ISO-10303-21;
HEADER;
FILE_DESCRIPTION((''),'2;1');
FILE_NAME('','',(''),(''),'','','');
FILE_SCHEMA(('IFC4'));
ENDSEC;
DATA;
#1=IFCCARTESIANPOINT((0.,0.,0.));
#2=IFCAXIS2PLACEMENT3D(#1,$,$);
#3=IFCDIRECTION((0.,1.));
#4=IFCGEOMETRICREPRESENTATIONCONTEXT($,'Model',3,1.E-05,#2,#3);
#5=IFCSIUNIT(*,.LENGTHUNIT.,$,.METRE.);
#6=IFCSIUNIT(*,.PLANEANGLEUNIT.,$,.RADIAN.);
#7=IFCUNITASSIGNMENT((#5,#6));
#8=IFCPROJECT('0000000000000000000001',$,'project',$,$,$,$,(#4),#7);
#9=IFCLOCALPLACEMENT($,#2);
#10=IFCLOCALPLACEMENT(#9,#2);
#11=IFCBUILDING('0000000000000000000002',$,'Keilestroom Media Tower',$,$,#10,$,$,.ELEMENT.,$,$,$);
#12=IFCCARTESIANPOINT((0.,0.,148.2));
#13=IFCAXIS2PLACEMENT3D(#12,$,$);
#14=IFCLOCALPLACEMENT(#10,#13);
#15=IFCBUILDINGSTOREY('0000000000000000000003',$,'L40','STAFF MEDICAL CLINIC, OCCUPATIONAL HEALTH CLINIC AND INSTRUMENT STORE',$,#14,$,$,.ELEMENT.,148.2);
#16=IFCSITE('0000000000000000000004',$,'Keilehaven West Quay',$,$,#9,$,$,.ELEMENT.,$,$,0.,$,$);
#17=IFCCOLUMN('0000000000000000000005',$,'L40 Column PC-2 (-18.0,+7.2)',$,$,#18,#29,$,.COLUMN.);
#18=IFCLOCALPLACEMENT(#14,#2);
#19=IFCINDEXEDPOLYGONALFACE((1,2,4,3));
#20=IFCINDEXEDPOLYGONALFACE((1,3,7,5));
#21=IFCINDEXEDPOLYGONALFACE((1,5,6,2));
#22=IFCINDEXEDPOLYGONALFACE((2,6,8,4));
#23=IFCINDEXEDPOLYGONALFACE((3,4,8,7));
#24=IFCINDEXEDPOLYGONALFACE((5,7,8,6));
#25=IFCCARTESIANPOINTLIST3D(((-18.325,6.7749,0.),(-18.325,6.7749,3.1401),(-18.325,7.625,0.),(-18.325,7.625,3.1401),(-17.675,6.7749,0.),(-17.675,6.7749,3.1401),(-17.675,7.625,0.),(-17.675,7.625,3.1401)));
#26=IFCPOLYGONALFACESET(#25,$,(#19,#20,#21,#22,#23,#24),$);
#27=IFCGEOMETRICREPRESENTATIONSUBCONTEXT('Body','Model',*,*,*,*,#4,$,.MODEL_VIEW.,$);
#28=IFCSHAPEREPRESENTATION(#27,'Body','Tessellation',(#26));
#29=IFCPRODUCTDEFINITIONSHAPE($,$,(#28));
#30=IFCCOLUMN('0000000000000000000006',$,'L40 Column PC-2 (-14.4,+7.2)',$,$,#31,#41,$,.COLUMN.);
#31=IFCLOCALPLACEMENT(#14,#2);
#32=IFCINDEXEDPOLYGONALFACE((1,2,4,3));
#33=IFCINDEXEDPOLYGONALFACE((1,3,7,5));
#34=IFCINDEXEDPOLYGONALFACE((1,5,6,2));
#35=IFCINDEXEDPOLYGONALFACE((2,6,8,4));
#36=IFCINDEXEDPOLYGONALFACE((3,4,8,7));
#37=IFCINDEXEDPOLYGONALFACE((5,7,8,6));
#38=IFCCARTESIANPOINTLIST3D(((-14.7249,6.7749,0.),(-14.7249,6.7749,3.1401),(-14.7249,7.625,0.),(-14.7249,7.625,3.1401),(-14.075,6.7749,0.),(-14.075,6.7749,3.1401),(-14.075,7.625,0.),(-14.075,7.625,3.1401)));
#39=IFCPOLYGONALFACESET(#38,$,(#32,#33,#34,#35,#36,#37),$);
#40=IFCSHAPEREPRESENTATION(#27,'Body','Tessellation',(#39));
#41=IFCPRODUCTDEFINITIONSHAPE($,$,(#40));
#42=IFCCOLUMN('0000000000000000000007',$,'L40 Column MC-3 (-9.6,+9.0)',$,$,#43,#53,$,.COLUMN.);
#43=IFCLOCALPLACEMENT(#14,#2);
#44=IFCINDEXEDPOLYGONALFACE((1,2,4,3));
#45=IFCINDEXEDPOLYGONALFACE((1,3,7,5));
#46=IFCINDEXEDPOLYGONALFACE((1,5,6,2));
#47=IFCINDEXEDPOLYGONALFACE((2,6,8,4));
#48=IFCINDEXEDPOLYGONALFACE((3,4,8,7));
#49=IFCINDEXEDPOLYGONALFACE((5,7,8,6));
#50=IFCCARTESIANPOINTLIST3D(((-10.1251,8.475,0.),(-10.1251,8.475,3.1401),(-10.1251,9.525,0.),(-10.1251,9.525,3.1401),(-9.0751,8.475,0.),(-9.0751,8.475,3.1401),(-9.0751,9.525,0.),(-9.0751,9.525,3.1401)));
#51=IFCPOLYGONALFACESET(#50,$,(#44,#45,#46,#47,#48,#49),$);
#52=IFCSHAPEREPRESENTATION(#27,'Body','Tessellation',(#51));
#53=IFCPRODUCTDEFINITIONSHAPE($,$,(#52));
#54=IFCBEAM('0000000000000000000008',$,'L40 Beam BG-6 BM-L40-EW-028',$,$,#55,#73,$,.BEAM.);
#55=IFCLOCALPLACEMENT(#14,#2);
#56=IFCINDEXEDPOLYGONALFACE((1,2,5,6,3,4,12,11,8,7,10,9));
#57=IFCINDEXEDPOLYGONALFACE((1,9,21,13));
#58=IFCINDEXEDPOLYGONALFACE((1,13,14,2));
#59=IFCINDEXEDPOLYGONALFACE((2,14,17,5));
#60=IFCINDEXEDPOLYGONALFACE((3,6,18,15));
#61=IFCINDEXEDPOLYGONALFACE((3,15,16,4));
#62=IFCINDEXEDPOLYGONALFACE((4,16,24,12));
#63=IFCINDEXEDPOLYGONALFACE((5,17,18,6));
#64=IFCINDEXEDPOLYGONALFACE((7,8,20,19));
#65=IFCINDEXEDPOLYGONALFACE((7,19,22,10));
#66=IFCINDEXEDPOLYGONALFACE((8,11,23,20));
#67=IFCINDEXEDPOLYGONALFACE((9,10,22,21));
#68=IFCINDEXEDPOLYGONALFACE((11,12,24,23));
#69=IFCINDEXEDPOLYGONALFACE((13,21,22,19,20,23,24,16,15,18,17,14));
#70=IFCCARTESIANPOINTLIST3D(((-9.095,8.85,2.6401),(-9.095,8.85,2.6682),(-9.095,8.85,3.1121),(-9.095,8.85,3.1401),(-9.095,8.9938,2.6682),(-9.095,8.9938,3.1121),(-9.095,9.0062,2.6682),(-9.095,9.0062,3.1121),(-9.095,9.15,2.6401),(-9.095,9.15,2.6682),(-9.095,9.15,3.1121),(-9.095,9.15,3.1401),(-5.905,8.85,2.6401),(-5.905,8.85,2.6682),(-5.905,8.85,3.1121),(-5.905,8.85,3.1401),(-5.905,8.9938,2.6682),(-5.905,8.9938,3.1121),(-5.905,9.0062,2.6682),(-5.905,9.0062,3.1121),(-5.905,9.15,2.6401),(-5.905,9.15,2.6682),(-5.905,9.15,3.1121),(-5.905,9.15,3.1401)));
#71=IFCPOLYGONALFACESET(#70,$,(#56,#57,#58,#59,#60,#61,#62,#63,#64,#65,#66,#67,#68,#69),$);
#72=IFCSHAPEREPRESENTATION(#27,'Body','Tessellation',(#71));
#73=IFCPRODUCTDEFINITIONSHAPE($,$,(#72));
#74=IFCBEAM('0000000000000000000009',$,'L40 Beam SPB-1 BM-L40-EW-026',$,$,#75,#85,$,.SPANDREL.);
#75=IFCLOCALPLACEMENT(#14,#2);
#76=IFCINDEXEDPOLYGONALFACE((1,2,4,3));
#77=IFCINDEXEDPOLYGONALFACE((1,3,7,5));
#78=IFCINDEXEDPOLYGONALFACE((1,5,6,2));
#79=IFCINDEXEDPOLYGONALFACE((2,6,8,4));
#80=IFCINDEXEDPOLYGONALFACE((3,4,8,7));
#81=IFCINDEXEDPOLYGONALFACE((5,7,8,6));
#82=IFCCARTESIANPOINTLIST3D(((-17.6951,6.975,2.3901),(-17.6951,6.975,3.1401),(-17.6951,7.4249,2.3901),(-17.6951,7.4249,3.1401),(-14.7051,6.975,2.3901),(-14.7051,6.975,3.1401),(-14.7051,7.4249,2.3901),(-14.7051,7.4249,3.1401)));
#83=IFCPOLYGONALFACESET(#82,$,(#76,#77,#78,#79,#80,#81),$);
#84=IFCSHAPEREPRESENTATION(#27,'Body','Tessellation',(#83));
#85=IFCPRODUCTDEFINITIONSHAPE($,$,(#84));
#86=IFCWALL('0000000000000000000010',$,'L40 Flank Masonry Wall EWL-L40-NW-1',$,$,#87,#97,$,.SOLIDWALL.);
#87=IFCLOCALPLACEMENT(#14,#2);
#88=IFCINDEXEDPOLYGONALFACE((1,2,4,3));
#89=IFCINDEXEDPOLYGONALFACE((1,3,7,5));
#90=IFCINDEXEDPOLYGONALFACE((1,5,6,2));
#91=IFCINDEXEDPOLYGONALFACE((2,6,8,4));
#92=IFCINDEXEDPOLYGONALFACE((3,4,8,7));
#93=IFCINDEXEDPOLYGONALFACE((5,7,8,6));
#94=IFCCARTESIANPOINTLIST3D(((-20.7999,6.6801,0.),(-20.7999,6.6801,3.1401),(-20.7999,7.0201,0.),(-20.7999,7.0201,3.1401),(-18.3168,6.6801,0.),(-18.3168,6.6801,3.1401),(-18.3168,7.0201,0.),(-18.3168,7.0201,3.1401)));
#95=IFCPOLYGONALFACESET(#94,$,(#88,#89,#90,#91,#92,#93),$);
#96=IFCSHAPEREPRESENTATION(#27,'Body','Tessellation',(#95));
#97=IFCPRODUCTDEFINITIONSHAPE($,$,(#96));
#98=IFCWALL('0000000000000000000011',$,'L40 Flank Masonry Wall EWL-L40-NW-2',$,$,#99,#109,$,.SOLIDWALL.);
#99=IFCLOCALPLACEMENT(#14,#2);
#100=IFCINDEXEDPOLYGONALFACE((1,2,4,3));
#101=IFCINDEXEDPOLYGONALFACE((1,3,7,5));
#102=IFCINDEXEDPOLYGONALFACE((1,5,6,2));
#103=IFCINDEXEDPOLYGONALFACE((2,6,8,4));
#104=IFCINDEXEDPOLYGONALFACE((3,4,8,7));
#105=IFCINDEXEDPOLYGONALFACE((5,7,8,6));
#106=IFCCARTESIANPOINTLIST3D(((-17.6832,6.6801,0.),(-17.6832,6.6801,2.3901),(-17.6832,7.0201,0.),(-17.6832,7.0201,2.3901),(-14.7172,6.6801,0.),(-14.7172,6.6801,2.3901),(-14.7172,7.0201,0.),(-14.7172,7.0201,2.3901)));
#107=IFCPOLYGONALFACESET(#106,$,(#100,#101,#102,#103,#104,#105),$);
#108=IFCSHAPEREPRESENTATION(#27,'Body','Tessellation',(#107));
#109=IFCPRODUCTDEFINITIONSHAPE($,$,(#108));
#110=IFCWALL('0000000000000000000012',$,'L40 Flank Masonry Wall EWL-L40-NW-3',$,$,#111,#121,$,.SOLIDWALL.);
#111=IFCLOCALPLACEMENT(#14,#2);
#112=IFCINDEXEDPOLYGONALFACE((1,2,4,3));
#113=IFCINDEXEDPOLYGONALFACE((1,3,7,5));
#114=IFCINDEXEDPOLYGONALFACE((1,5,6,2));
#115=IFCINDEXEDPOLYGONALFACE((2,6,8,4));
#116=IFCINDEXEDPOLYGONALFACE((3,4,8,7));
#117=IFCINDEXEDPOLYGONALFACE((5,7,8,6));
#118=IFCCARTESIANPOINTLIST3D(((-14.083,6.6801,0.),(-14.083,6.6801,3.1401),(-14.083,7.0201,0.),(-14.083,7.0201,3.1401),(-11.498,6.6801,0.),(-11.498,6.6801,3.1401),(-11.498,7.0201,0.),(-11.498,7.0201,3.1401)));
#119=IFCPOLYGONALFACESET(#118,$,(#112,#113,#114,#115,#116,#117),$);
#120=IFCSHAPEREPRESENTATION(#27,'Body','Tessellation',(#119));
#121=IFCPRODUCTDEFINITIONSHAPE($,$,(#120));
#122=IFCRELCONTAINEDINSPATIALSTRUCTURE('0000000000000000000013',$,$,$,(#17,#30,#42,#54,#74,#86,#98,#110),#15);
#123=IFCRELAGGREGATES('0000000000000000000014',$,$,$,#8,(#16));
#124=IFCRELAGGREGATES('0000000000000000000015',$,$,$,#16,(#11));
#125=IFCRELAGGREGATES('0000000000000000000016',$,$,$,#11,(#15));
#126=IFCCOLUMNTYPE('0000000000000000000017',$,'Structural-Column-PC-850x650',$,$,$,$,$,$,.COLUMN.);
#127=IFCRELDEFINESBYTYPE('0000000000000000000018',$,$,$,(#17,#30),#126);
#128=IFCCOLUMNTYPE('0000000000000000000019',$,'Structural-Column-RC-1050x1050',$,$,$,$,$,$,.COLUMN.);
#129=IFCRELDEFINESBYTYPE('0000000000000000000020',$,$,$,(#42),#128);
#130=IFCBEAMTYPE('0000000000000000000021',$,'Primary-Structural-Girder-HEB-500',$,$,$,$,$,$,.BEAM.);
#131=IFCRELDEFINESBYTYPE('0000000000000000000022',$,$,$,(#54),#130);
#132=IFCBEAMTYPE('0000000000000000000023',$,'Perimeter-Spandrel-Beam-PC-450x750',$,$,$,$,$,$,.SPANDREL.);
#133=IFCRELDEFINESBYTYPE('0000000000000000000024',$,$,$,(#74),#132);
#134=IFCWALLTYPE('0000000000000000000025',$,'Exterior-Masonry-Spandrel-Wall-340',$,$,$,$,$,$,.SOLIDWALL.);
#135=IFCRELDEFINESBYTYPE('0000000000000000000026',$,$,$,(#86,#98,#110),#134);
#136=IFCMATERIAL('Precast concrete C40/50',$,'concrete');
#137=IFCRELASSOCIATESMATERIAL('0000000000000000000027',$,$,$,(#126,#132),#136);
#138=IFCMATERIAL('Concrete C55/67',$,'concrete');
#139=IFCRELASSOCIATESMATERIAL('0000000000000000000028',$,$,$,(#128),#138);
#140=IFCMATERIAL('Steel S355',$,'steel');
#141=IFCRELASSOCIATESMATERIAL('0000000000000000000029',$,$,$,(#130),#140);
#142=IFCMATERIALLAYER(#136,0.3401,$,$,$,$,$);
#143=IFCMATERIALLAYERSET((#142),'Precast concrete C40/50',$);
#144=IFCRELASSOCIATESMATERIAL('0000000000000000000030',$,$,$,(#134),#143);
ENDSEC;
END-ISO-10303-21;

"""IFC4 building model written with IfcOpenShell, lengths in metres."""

from ifc_helpers import new_model, si_unit, direction, frame, frame_2d, origin, origin_2d, place, context, subcontext, project, spatial, rectangle, i_section, extrude, source, transform, mapped, material, layer, layer_set, material_profile, profile_set, type_object, element, save


model = new_model("IFC4")

# Units and contexts
model_context = context("Model", 3, precision=1e-05, world=origin(), true_north=direction((0.0, 1.0)))
body_context = subcontext(model_context, "Body", "Model", "MODEL_VIEW")
ifc_project = project(units=[si_unit("LENGTHUNIT", "METRE"), si_unit("PLANEANGLEUNIT", "RADIAN")], contexts=[model_context])

# Site, building, storey
site_placement = place(None, origin())
site = spatial("IfcSite", under=ifc_project, at=site_placement, Name="Keilehaven West Quay", CompositionType="ELEMENT", RefElevation=0.0)
building_placement = place(site_placement, origin())
building = spatial("IfcBuilding", under=site, at=building_placement, Name="Keilestroom Media Tower", CompositionType="ELEMENT")
storey_placement = place(building_placement, frame((0.0, 0.0, 148.2)))
storey = spatial("IfcBuildingStorey", under=building, at=storey_placement, Name="L40", Description="STAFF MEDICAL CLINIC, OCCUPATIONAL HEALTH CLINIC AND INSTRUMENT STORE", CompositionType="ELEMENT", Elevation=148.2)

# Columns
ifc_material_1 = material(Name="Precast concrete C40/50", Category="concrete")
ifc_material_profile_1 = material_profile(ifc_material_1, rectangle(XDim=0.6499, YDim=0.8501, at=origin_2d()), Name="PC 850x650")
ifc_profile_set_1 = profile_set([ifc_material_profile_1], Name="Precast concrete C40/50")
column_type_1 = type_object("IfcColumnType", Name="Structural-Column-PC-850x650", PredefinedType="COLUMN", material=ifc_profile_set_1)
shared_shape_1 = source(origin(), body_context, "Body", "SweptSolid", [
    extrude(rectangle(XDim=0.6499, YDim=0.8501, at=origin_2d()), origin(), (0.0, 0.0, 1.0), 3.1401),
])
for number, where, z_axis, x_axis, name in (
    (1, (-18.0, 7.2, 0.0), (0.0, 0.0, 1.0), (1.0, 0.0, 0.0), "L40 Column PC-2 (-18.0,+7.2)"),
    (2, (-14.3999, 7.2, 0.0), (0.0, 0.0, 1.0), (1.0, 0.0, 0.0), "L40 Column PC-2 (-14.4,+7.2)"),
):
    element("IfcColumn", number, at=place(storey_placement, frame(where, z_axis=z_axis, x_axis=x_axis)), inside=storey, type_object=column_type_1, Name=name, PredefinedType="COLUMN", context=body_context, shape_type="MappedRepresentation", body=[
        mapped(shared_shape_1, transform((0.0, 0.0, 0.0), x_axis=(1.0, 0.0, 0.0), y_axis=(0.0, 1.0, 0.0), z_axis=(0.0, 0.0, 1.0), scale=1.0)),
    ])
ifc_material_2 = material(Name="Concrete C55/67", Category="concrete")
ifc_material_profile_2 = material_profile(ifc_material_2, rectangle(XDim=1.05, YDim=1.05, at=origin_2d()), Name="RC 1050x1050")
ifc_profile_set_2 = profile_set([ifc_material_profile_2], Name="Concrete C55/67")
column_type_2 = type_object("IfcColumnType", Name="Structural-Column-RC-1050x1050", PredefinedType="COLUMN", material=ifc_profile_set_2)
shared_shape_2 = source(origin(), body_context, "Body", "SweptSolid", [
    extrude(rectangle(XDim=1.05, YDim=1.05, at=origin_2d()), origin(), (0.0, 0.0, 1.0), 3.1401),
])
column_placement = place(storey_placement, frame((-9.6001, 9.0, 0.0), z_axis=(0.0, 0.0, 1.0), x_axis=(1.0, 0.0, 0.0)))
element("IfcColumn", 3, at=column_placement, inside=storey, type_object=column_type_2, Name="L40 Column MC-3 (-9.6,+9.0)", PredefinedType="COLUMN", context=body_context, shape_type="MappedRepresentation", body=[
    mapped(shared_shape_2, transform((0.0, 0.0, 0.0), x_axis=(1.0, 0.0, 0.0), y_axis=(0.0, 1.0, 0.0), z_axis=(0.0, 0.0, 1.0), scale=1.0)),
])

# Beams
ifc_material_3 = material(Name="Steel S355", Category="steel")
ifc_material_profile_3 = material_profile(ifc_material_3, i_section(OverallWidth=0.3, OverallDepth=0.5, WebThickness=0.0125, FlangeThickness=0.0281, at=origin_2d()), Name="HEB 500")
ifc_profile_set_3 = profile_set([ifc_material_profile_3], Name="Steel S355")
beam_type_1 = type_object("IfcBeamType", Name="Primary-Structural-Girder-HEB-500", PredefinedType="BEAM", material=ifc_profile_set_3)
shared_shape_3 = source(origin(), body_context, "Body", "SweptSolid", [
    extrude(i_section(OverallWidth=0.3, OverallDepth=0.5, WebThickness=0.0125, FlangeThickness=0.0281, at=origin_2d()), origin(), (0.0, 0.0, 1.0), 3.1899),
])
beam_1_placement = place(storey_placement, frame((-9.095, 9.0, 2.8901), z_axis=(1.0, 0.0, 0.0), x_axis=(0.0, 1.0, 0.0)))
element("IfcBeam", 4, at=beam_1_placement, inside=storey, type_object=beam_type_1, Name="L40 Beam BG-6 BM-L40-EW-028", PredefinedType="BEAM", context=body_context, shape_type="MappedRepresentation", body=[
    mapped(shared_shape_3, transform((0.0, 0.0, 0.0), x_axis=(1.0, 0.0, 0.0), y_axis=(0.0, 1.0, 0.0), z_axis=(0.0, 0.0, 1.0), scale=1.0)),
])
ifc_material_profile_4 = material_profile(ifc_material_1, rectangle(XDim=0.45, YDim=0.75, at=origin_2d()), Name="PC 450x750")
ifc_profile_set_4 = profile_set([ifc_material_profile_4], Name="Precast concrete C40/50")
beam_type_2 = type_object("IfcBeamType", Name="Perimeter-Spandrel-Beam-PC-450x750", PredefinedType="SPANDREL", material=ifc_profile_set_4)
shared_shape_4 = source(origin(), body_context, "Body", "SweptSolid", [
    extrude(rectangle(XDim=0.45, YDim=0.75, at=origin_2d()), origin(), (0.0, 0.0, 1.0), 2.99),
])
beam_2_placement = place(storey_placement, frame((-17.6951, 7.2, 2.7651), z_axis=(1.0, 0.0, 0.0), x_axis=(0.0, 1.0, 0.0)))
element("IfcBeam", 5, at=beam_2_placement, inside=storey, type_object=beam_type_2, Name="L40 Beam SPB-1 BM-L40-EW-026", PredefinedType="SPANDREL", context=body_context, shape_type="MappedRepresentation", body=[
    mapped(shared_shape_4, transform((0.0, 0.0, 0.0), x_axis=(1.0, 0.0, 0.0), y_axis=(0.0, 1.0, 0.0), z_axis=(0.0, 0.0, 1.0), scale=1.0)),
])

# Walls
ifc_layer_1 = layer(ifc_material_1, 0.3401)
ifc_layer_set_1 = layer_set([ifc_layer_1], Name="Precast concrete C40/50")
wall_type_1 = type_object("IfcWallType", Name="Exterior-Masonry-Spandrel-Wall-340", PredefinedType="SOLIDWALL", material=ifc_layer_set_1)
wall_1_placement = place(storey_placement, frame((-20.8, 6.8501, 0.0), z_axis=(0.0, 0.0, 1.0), x_axis=(1.0, 0.0, 0.0)))
element("IfcWall", 6, at=wall_1_placement, inside=storey, type_object=wall_type_1, Name="L40 Flank Masonry Wall EWL-L40-NW-1", PredefinedType="SOLIDWALL", context=body_context, shape_type="SweptSolid", body=[
    extrude(rectangle(XDim=2.4832, YDim=0.3401, at=frame_2d((1.2417, 0.0))), origin(), (0.0, 0.0, 1.0), 3.1401),
])
wall_2_placement = place(storey_placement, frame((-17.6831, 6.8501, 0.0), z_axis=(0.0, 0.0, 1.0), x_axis=(1.0, 0.0, 0.0)))
element("IfcWall", 7, at=wall_2_placement, inside=storey, type_object=wall_type_1, Name="L40 Flank Masonry Wall EWL-L40-NW-2", PredefinedType="SOLIDWALL", context=body_context, shape_type="SweptSolid", body=[
    extrude(rectangle(XDim=2.9661, YDim=0.3401, at=frame_2d((1.4829, 0.0))), origin(), (0.0, 0.0, 1.0), 2.3901),
])
wall_3_placement = place(storey_placement, frame((-14.083, 6.8501, 0.0), z_axis=(0.0, 0.0, 1.0), x_axis=(1.0, 0.0, 0.0)))
element("IfcWall", 8, at=wall_3_placement, inside=storey, type_object=wall_type_1, Name="L40 Flank Masonry Wall EWL-L40-NW-3", PredefinedType="SOLIDWALL", context=body_context, shape_type="SweptSolid", body=[
    extrude(rectangle(XDim=2.585, YDim=0.3401, at=frame_2d((1.2925, 0.0))), origin(), (0.0, 0.0, 1.0), 3.1401),
])

save(model, "model.ifc")
